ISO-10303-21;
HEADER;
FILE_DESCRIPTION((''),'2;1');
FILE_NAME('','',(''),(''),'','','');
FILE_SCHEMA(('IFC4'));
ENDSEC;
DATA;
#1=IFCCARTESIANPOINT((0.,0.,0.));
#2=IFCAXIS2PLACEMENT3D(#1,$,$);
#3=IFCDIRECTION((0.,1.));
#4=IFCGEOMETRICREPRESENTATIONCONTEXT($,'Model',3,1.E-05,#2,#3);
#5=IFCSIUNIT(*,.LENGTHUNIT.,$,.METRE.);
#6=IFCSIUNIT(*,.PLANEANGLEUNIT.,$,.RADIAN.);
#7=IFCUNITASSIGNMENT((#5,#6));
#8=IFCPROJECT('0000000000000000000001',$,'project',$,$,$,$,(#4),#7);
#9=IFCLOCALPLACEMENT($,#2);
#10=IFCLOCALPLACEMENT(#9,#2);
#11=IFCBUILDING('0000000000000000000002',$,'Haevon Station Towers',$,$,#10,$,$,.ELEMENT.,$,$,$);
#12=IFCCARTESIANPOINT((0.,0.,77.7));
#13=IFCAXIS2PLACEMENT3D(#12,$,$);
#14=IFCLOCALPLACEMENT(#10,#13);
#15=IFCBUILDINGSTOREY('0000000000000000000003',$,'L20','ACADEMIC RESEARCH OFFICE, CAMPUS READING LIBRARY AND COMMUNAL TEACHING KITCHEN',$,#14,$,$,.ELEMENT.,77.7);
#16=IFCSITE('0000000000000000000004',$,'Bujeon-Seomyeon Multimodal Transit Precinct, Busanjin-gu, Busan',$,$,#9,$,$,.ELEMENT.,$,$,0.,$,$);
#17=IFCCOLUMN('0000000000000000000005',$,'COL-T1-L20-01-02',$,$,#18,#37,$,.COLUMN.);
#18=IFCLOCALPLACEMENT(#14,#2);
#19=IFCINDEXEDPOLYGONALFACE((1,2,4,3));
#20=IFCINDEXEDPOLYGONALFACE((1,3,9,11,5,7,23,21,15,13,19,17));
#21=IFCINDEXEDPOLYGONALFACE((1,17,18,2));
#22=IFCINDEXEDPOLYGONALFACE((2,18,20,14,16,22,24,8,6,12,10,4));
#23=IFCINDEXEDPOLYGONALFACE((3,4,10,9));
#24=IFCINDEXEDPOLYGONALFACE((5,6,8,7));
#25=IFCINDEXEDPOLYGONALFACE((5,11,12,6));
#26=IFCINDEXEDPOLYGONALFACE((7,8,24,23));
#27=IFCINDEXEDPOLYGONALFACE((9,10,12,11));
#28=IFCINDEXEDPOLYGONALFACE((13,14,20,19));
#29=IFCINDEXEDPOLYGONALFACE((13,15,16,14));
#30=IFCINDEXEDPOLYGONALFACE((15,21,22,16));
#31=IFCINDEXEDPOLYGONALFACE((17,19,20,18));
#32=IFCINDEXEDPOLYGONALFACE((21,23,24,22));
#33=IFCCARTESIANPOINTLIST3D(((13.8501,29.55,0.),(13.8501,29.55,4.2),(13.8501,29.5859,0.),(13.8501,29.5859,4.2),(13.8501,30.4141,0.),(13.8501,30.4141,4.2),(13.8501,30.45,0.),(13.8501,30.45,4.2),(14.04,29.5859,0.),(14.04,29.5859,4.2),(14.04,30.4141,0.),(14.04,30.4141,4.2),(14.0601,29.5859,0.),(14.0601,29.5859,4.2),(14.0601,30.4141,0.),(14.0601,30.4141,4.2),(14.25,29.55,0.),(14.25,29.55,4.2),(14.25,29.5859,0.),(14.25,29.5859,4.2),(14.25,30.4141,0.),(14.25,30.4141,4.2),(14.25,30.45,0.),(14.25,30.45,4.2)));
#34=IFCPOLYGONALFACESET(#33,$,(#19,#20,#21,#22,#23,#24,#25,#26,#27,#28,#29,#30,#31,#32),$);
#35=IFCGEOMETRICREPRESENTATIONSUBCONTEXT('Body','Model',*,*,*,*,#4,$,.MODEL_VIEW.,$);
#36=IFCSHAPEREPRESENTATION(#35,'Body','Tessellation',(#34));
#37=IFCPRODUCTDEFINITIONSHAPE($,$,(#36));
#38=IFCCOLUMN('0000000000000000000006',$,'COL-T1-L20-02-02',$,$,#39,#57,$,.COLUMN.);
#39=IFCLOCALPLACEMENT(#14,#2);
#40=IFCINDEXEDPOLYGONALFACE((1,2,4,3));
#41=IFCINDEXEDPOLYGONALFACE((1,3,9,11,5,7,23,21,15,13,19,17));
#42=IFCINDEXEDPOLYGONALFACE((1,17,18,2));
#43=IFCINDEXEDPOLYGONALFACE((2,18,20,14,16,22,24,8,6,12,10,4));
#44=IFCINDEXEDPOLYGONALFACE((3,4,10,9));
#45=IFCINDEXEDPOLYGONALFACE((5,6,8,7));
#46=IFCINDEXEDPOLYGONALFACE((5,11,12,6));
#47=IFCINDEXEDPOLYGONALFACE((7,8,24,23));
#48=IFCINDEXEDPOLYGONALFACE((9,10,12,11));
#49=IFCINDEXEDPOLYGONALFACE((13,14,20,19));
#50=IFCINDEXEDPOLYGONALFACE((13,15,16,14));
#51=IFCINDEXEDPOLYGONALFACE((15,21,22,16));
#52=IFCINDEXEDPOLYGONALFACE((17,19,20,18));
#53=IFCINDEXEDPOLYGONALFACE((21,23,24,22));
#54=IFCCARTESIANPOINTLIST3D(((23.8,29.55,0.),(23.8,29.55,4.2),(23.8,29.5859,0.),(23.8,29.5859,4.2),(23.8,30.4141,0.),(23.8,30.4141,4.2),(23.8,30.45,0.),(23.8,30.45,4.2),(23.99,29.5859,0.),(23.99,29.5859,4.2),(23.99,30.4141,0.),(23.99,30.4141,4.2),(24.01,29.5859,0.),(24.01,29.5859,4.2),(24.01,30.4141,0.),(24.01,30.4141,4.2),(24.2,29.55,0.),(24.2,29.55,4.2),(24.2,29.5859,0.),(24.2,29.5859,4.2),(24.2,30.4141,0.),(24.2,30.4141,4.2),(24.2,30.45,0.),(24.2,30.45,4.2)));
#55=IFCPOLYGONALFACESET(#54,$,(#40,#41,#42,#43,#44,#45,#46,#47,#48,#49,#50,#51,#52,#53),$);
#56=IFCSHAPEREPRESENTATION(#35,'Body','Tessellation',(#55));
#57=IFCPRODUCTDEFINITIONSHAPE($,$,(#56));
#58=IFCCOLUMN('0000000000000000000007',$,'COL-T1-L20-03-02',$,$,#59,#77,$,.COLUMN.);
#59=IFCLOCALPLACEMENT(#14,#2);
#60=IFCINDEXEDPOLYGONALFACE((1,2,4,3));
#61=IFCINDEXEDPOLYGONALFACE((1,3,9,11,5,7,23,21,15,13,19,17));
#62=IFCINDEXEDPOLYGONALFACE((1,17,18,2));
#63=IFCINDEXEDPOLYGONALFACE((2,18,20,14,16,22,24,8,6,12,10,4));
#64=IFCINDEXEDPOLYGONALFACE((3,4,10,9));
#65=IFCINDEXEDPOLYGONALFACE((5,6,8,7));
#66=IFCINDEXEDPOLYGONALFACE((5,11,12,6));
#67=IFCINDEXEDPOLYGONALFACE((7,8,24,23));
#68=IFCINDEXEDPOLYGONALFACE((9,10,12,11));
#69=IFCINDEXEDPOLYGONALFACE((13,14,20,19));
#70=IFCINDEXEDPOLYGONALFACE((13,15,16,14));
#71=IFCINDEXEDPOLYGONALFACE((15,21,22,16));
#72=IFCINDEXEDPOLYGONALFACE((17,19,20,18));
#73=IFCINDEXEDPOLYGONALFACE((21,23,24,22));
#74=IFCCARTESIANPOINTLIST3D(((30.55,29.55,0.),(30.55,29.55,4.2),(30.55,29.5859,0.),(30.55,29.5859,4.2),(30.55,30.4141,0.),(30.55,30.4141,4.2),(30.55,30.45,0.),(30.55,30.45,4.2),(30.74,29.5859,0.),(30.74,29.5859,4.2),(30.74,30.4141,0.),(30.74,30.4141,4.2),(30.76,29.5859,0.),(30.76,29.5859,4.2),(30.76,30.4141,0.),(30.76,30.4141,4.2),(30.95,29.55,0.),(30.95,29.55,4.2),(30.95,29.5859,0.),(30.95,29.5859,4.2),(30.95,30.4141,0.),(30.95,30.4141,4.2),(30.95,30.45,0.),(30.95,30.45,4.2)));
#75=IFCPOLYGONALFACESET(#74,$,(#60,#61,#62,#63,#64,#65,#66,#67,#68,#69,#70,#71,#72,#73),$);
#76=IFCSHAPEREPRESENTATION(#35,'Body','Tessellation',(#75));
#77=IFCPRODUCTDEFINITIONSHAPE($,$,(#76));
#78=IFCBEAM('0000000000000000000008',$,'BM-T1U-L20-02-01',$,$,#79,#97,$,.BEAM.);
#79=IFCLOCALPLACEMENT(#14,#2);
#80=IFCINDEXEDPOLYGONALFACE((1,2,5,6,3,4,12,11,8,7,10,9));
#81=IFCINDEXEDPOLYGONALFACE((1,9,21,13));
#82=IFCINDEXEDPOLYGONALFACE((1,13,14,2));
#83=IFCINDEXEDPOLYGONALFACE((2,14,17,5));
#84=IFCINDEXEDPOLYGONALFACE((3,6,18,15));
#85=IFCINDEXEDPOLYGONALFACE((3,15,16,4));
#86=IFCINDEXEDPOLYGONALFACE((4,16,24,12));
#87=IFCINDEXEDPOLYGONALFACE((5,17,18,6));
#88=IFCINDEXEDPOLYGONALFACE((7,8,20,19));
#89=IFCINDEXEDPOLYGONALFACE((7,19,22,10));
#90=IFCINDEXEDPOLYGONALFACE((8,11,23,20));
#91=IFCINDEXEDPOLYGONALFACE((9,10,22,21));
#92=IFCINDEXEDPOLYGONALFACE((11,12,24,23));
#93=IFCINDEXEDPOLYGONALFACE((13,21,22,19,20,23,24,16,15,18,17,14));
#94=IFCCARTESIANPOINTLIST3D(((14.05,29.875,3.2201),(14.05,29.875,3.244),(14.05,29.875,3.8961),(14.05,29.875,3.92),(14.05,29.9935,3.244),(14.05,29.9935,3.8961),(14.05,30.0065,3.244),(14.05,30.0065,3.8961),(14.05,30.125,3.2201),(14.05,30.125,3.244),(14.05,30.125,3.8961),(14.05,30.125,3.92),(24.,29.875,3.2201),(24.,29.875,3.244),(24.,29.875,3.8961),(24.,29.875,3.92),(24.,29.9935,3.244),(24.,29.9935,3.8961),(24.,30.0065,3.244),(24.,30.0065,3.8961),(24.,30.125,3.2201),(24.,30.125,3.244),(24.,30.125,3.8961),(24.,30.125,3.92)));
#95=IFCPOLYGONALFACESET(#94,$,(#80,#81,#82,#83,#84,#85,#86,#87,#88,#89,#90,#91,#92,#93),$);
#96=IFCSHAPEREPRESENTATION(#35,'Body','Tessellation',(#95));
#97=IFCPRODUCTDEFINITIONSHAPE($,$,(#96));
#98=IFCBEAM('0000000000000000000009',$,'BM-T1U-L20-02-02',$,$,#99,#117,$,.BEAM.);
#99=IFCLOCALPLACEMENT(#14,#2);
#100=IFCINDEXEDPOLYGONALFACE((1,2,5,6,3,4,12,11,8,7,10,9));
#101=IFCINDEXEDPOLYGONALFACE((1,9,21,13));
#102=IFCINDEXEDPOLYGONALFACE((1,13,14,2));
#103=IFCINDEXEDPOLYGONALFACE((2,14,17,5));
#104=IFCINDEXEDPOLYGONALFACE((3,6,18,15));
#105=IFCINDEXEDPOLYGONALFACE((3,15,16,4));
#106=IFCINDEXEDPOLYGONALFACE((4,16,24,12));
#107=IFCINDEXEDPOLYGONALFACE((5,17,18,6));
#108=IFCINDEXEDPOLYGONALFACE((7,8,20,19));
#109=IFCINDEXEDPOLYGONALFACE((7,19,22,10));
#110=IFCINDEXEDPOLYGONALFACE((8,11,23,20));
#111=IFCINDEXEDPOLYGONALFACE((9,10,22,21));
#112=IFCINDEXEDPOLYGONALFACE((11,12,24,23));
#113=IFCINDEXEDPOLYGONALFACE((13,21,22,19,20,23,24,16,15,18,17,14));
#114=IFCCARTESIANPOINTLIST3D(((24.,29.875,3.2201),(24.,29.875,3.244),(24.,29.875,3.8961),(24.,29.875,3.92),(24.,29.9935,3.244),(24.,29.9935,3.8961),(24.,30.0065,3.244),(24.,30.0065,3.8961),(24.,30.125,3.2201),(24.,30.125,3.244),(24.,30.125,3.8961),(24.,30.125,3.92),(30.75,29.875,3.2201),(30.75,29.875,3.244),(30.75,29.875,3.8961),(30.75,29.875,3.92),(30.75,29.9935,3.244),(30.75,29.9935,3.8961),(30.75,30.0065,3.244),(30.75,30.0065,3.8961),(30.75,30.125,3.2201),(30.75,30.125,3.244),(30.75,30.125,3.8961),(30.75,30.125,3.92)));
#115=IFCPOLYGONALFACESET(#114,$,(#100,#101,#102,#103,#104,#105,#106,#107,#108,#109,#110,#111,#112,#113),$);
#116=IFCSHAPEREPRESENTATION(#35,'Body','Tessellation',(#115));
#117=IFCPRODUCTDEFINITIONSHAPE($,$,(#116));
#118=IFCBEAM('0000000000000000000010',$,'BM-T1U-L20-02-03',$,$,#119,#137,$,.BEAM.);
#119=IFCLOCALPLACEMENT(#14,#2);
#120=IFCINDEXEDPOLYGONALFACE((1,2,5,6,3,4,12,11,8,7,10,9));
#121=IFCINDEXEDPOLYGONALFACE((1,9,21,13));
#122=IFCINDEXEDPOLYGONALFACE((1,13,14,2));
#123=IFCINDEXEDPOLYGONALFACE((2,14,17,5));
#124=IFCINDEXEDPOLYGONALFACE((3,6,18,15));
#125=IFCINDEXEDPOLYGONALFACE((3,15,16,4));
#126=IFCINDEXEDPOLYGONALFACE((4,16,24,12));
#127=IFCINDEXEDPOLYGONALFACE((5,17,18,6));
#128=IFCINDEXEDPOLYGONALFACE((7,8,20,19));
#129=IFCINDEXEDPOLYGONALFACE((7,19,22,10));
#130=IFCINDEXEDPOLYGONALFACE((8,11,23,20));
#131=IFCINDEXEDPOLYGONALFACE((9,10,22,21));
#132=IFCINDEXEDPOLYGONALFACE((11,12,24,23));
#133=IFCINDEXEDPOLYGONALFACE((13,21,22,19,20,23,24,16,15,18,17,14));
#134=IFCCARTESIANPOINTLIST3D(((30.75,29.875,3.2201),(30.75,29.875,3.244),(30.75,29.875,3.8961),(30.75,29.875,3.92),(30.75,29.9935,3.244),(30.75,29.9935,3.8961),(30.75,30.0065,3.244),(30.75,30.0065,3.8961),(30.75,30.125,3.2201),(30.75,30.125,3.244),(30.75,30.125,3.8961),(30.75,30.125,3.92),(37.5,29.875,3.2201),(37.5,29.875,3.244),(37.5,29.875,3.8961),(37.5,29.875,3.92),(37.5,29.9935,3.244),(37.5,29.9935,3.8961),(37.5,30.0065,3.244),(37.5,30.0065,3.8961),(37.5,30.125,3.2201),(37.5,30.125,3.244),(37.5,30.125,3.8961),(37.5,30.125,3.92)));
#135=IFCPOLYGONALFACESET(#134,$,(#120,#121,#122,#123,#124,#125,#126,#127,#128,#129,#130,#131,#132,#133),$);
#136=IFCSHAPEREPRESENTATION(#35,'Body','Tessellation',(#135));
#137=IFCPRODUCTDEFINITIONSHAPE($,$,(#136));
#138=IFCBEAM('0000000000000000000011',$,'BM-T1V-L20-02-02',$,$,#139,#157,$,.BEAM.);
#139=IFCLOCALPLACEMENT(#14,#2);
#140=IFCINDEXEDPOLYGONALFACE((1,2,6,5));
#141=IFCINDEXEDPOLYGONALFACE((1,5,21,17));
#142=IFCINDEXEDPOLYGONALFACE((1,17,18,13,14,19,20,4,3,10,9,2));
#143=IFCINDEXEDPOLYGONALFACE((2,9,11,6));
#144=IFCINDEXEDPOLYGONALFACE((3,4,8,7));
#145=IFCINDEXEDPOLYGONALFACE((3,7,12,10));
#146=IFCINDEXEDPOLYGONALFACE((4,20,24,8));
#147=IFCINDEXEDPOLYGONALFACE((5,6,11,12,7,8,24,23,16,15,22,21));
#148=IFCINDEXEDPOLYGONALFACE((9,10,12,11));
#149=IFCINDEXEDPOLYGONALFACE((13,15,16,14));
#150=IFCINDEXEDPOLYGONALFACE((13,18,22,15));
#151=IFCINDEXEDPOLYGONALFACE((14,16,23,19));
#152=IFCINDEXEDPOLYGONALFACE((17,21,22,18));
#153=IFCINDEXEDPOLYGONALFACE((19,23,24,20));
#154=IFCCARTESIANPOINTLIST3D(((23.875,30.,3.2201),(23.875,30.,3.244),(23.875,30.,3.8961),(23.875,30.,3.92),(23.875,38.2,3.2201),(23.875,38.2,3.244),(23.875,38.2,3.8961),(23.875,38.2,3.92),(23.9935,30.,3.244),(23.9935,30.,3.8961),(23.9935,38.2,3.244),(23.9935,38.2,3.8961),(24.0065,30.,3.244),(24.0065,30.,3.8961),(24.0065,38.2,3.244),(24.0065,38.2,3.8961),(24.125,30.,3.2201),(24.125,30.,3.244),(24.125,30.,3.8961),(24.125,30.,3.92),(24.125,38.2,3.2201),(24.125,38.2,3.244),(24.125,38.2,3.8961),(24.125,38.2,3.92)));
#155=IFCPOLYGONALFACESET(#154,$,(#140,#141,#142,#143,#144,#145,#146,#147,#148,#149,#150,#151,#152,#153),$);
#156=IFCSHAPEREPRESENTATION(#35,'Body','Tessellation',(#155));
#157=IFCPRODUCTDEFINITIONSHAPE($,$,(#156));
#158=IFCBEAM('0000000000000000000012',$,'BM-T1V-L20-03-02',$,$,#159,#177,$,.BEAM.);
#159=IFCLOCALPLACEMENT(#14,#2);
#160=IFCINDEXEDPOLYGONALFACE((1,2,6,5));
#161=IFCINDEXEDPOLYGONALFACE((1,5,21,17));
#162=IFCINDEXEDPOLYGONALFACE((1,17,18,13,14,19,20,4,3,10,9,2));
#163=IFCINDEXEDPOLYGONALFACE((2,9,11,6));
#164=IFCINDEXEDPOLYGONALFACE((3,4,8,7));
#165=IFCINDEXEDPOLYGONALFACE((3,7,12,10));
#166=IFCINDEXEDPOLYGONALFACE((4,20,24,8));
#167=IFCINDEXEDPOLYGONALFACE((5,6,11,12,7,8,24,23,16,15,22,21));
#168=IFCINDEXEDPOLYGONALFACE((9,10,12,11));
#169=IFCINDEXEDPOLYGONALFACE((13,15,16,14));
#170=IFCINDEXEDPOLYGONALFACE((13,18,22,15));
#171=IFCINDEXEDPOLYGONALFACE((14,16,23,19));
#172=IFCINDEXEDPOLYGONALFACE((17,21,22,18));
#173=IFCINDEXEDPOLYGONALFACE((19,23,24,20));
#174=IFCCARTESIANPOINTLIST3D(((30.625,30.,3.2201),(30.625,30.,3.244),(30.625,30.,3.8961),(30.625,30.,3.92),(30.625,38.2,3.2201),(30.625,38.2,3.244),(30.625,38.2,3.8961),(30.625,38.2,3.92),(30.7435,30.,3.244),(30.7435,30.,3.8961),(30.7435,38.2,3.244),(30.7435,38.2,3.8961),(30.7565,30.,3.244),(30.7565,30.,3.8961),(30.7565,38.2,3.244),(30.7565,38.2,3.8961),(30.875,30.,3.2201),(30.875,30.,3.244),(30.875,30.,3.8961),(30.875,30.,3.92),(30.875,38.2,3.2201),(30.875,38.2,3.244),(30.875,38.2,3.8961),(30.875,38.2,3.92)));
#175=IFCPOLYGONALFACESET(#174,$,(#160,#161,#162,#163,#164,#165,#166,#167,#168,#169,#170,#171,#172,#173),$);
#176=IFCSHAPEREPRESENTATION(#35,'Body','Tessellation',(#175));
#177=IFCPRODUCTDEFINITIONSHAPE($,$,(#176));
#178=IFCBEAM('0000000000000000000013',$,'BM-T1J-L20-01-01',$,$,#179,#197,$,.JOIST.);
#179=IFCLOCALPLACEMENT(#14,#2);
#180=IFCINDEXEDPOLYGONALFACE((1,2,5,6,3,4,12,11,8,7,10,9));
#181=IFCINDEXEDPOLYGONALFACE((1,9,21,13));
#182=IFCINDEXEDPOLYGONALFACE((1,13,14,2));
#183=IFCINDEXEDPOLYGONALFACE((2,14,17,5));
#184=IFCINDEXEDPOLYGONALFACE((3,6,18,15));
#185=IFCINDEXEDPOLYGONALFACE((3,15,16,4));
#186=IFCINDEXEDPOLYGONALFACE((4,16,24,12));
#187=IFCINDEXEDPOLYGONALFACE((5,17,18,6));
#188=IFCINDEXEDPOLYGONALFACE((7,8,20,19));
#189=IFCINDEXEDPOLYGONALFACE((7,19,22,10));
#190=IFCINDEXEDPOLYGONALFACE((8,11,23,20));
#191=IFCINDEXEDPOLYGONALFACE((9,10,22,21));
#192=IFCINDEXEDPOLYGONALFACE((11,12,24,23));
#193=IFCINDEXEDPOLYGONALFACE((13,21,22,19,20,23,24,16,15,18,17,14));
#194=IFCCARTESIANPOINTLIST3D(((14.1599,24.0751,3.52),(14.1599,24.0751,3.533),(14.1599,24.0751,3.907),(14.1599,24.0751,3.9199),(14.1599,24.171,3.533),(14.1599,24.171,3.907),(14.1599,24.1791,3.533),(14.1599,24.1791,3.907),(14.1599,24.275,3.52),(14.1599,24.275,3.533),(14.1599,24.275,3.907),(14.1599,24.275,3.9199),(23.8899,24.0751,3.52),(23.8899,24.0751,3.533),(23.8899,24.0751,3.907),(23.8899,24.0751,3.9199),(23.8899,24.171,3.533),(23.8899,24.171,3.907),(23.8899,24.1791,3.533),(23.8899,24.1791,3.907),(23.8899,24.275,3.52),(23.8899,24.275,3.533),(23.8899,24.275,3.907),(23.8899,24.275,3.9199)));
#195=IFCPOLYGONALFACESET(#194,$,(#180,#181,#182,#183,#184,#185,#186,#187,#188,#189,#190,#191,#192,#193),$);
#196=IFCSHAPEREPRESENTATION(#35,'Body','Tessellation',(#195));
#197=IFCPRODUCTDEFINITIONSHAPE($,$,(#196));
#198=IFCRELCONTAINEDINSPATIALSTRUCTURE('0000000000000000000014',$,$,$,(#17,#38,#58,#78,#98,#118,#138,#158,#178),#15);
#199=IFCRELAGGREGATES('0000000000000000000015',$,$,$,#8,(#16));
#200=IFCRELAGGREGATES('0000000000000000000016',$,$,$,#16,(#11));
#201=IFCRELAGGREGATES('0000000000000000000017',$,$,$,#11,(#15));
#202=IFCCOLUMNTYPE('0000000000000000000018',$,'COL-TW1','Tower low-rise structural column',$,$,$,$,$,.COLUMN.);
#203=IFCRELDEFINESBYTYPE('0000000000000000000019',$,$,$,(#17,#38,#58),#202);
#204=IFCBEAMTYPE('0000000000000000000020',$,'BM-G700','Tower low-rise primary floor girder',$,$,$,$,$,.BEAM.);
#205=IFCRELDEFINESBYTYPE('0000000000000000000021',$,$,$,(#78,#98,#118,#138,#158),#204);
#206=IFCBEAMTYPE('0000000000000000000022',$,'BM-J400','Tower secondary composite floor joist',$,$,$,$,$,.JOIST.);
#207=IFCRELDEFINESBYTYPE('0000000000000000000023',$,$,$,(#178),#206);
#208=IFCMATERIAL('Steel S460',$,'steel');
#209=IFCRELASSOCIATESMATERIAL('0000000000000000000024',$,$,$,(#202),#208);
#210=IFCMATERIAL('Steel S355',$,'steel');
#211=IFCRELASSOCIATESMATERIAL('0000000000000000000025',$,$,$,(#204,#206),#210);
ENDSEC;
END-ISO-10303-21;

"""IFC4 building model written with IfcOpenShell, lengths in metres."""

from ifc_helpers import new_model, si_unit, direction, frame, origin, origin_2d, place, context, subcontext, project, spatial, i_section, extrude, material, material_profile, profile_set, type_object, element, save


model = new_model("IFC4")

# Units and contexts
model_context = context("Model", 3, precision=1e-05, world=origin(), true_north=direction((0.0, 1.0)))
body_context = subcontext(model_context, "Body", "Model", "MODEL_VIEW")
ifc_project = project(units=[si_unit("LENGTHUNIT", "METRE"), si_unit("PLANEANGLEUNIT", "RADIAN")], contexts=[model_context])

# Site, building, storey
site_placement = place(None, origin())
site = spatial("IfcSite", under=ifc_project, at=site_placement, Name="Bujeon-Seomyeon Multimodal Transit Precinct, Busanjin-gu, Busan", CompositionType="ELEMENT", RefElevation=0.0)
building_placement = place(site_placement, origin())
building = spatial("IfcBuilding", under=site, at=building_placement, Name="Haevon Station Towers", CompositionType="ELEMENT")
storey_placement = place(building_placement, frame((0.0, 0.0, 77.7)))
storey = spatial("IfcBuildingStorey", under=building, at=storey_placement, Name="L20", Description="ACADEMIC RESEARCH OFFICE, CAMPUS READING LIBRARY AND COMMUNAL TEACHING KITCHEN", CompositionType="ELEMENT", Elevation=77.7)

# Columns
ifc_material_1 = material(Name="Steel S460", Category="steel")
ifc_material_profile_1 = material_profile(ifc_material_1, i_section(OverallWidth=0.3999, OverallDepth=0.8999, WebThickness=0.02, FlangeThickness=0.0359, at=origin_2d()), Name="H-900x400x20x36")
ifc_profile_set_1 = profile_set([ifc_material_profile_1], Name="Steel S460")
column_type = type_object("IfcColumnType", Name="COL-TW1", Description="Tower low-rise structural column", PredefinedType="COLUMN", material=ifc_profile_set_1)
for number, where, z_axis, x_axis, name in (
    (1, (14.05, 30.0, 0.0), (0.0, 0.0, 1.0), (1.0, 0.0, 0.0), "COL-T1-L20-01-02"),
    (2, (24.0, 30.0, 0.0), (0.0, 0.0, 1.0), (1.0, 0.0, 0.0), "COL-T1-L20-02-02"),
    (3, (30.75, 30.0, 0.0), (0.0, 0.0, 1.0), (1.0, 0.0, 0.0), "COL-T1-L20-03-02"),
):
    element("IfcColumn", number, at=place(storey_placement, frame(where, z_axis=z_axis, x_axis=x_axis)), inside=storey, type_object=column_type, Name=name, PredefinedType="COLUMN", context=body_context, shape_type="SweptSolid", body=[
        extrude(i_section(OverallWidth=0.3999, OverallDepth=0.8999, WebThickness=0.02, FlangeThickness=0.0359, at=origin_2d()), origin(), (0.0, 0.0, 1.0), 4.2),
    ])

# Beams
ifc_material_2 = material(Name="Steel S355", Category="steel")
ifc_material_profile_2 = material_profile(ifc_material_2, i_section(OverallWidth=0.25, OverallDepth=0.7, WebThickness=0.0129, FlangeThickness=0.0239, at=origin_2d()), Name="H-700x250x13x24")
ifc_profile_set_2 = profile_set([ifc_material_profile_2], Name="Steel S355")
beam_type_1 = type_object("IfcBeamType", Name="BM-G700", Description="Tower low-rise primary floor girder", PredefinedType="BEAM", material=ifc_profile_set_2)
beam_1_placement = place(storey_placement, frame((14.05, 30.0, 3.5701), z_axis=(1.0, 0.0, 0.0), x_axis=(0.0, 1.0, 0.0)))
element("IfcBeam", 4, at=beam_1_placement, inside=storey, type_object=beam_type_1, Name="BM-T1U-L20-02-01", PredefinedType="BEAM", context=body_context, shape_type="SweptSolid", body=[
    extrude(i_section(OverallWidth=0.25, OverallDepth=0.7, WebThickness=0.0129, FlangeThickness=0.0239, at=origin_2d()), origin(), (0.0, 0.0, 1.0), 9.95),
])
for number, where, z_axis, x_axis, name in (
    (5, (24.0, 30.0, 3.5701), (1.0, 0.0, 0.0), (0.0, 1.0, 0.0), "BM-T1U-L20-02-02"),
    (6, (30.75, 30.0, 3.5701), (1.0, 0.0, 0.0), (0.0, 1.0, 0.0), "BM-T1U-L20-02-03"),
):
    element("IfcBeam", number, at=place(storey_placement, frame(where, z_axis=z_axis, x_axis=x_axis)), inside=storey, type_object=beam_type_1, Name=name, PredefinedType="BEAM", context=body_context, shape_type="SweptSolid", body=[
        extrude(i_section(OverallWidth=0.25, OverallDepth=0.7, WebThickness=0.0129, FlangeThickness=0.0239, at=origin_2d()), origin(), (0.0, 0.0, 1.0), 6.75),
    ])
for number, where, z_axis, x_axis, name in (
    (7, (24.0, 30.0, 3.5701), (0.0, 1.0, 0.0), (-1.0, 0.0, 0.0), "BM-T1V-L20-02-02"),
    (8, (30.75, 30.0, 3.5701), (0.0, 1.0, 0.0), (-1.0, 0.0, 0.0), "BM-T1V-L20-03-02"),
):
    element("IfcBeam", number, at=place(storey_placement, frame(where, z_axis=z_axis, x_axis=x_axis)), inside=storey, type_object=beam_type_1, Name=name, PredefinedType="BEAM", context=body_context, shape_type="SweptSolid", body=[
        extrude(i_section(OverallWidth=0.25, OverallDepth=0.7, WebThickness=0.0129, FlangeThickness=0.0239, at=origin_2d()), origin(), (0.0, 0.0, 1.0), 8.2),
    ])
ifc_material_profile_3 = material_profile(ifc_material_2, i_section(OverallWidth=0.2, OverallDepth=0.3999, WebThickness=0.0081, FlangeThickness=0.0129, at=origin_2d()), Name="H-400x200x8x13")
ifc_profile_set_3 = profile_set([ifc_material_profile_3], Name="Steel S355")
beam_type_2 = type_object("IfcBeamType", Name="BM-J400", Description="Tower secondary composite floor joist", PredefinedType="JOIST", material=ifc_profile_set_3)
beam_2_placement = place(storey_placement, frame((14.1599, 24.175, 3.72), z_axis=(1.0, 0.0, 0.0), x_axis=(0.0, 1.0, 0.0)))
element("IfcBeam", 9, at=beam_2_placement, inside=storey, type_object=beam_type_2, Name="BM-T1J-L20-01-01", PredefinedType="JOIST", context=body_context, shape_type="SweptSolid", body=[
    extrude(i_section(OverallWidth=0.2, OverallDepth=0.3999, WebThickness=0.0081, FlangeThickness=0.0129, at=origin_2d()), origin(), (0.0, 0.0, 1.0), 9.73),
])

save(model, "model.ifc")
